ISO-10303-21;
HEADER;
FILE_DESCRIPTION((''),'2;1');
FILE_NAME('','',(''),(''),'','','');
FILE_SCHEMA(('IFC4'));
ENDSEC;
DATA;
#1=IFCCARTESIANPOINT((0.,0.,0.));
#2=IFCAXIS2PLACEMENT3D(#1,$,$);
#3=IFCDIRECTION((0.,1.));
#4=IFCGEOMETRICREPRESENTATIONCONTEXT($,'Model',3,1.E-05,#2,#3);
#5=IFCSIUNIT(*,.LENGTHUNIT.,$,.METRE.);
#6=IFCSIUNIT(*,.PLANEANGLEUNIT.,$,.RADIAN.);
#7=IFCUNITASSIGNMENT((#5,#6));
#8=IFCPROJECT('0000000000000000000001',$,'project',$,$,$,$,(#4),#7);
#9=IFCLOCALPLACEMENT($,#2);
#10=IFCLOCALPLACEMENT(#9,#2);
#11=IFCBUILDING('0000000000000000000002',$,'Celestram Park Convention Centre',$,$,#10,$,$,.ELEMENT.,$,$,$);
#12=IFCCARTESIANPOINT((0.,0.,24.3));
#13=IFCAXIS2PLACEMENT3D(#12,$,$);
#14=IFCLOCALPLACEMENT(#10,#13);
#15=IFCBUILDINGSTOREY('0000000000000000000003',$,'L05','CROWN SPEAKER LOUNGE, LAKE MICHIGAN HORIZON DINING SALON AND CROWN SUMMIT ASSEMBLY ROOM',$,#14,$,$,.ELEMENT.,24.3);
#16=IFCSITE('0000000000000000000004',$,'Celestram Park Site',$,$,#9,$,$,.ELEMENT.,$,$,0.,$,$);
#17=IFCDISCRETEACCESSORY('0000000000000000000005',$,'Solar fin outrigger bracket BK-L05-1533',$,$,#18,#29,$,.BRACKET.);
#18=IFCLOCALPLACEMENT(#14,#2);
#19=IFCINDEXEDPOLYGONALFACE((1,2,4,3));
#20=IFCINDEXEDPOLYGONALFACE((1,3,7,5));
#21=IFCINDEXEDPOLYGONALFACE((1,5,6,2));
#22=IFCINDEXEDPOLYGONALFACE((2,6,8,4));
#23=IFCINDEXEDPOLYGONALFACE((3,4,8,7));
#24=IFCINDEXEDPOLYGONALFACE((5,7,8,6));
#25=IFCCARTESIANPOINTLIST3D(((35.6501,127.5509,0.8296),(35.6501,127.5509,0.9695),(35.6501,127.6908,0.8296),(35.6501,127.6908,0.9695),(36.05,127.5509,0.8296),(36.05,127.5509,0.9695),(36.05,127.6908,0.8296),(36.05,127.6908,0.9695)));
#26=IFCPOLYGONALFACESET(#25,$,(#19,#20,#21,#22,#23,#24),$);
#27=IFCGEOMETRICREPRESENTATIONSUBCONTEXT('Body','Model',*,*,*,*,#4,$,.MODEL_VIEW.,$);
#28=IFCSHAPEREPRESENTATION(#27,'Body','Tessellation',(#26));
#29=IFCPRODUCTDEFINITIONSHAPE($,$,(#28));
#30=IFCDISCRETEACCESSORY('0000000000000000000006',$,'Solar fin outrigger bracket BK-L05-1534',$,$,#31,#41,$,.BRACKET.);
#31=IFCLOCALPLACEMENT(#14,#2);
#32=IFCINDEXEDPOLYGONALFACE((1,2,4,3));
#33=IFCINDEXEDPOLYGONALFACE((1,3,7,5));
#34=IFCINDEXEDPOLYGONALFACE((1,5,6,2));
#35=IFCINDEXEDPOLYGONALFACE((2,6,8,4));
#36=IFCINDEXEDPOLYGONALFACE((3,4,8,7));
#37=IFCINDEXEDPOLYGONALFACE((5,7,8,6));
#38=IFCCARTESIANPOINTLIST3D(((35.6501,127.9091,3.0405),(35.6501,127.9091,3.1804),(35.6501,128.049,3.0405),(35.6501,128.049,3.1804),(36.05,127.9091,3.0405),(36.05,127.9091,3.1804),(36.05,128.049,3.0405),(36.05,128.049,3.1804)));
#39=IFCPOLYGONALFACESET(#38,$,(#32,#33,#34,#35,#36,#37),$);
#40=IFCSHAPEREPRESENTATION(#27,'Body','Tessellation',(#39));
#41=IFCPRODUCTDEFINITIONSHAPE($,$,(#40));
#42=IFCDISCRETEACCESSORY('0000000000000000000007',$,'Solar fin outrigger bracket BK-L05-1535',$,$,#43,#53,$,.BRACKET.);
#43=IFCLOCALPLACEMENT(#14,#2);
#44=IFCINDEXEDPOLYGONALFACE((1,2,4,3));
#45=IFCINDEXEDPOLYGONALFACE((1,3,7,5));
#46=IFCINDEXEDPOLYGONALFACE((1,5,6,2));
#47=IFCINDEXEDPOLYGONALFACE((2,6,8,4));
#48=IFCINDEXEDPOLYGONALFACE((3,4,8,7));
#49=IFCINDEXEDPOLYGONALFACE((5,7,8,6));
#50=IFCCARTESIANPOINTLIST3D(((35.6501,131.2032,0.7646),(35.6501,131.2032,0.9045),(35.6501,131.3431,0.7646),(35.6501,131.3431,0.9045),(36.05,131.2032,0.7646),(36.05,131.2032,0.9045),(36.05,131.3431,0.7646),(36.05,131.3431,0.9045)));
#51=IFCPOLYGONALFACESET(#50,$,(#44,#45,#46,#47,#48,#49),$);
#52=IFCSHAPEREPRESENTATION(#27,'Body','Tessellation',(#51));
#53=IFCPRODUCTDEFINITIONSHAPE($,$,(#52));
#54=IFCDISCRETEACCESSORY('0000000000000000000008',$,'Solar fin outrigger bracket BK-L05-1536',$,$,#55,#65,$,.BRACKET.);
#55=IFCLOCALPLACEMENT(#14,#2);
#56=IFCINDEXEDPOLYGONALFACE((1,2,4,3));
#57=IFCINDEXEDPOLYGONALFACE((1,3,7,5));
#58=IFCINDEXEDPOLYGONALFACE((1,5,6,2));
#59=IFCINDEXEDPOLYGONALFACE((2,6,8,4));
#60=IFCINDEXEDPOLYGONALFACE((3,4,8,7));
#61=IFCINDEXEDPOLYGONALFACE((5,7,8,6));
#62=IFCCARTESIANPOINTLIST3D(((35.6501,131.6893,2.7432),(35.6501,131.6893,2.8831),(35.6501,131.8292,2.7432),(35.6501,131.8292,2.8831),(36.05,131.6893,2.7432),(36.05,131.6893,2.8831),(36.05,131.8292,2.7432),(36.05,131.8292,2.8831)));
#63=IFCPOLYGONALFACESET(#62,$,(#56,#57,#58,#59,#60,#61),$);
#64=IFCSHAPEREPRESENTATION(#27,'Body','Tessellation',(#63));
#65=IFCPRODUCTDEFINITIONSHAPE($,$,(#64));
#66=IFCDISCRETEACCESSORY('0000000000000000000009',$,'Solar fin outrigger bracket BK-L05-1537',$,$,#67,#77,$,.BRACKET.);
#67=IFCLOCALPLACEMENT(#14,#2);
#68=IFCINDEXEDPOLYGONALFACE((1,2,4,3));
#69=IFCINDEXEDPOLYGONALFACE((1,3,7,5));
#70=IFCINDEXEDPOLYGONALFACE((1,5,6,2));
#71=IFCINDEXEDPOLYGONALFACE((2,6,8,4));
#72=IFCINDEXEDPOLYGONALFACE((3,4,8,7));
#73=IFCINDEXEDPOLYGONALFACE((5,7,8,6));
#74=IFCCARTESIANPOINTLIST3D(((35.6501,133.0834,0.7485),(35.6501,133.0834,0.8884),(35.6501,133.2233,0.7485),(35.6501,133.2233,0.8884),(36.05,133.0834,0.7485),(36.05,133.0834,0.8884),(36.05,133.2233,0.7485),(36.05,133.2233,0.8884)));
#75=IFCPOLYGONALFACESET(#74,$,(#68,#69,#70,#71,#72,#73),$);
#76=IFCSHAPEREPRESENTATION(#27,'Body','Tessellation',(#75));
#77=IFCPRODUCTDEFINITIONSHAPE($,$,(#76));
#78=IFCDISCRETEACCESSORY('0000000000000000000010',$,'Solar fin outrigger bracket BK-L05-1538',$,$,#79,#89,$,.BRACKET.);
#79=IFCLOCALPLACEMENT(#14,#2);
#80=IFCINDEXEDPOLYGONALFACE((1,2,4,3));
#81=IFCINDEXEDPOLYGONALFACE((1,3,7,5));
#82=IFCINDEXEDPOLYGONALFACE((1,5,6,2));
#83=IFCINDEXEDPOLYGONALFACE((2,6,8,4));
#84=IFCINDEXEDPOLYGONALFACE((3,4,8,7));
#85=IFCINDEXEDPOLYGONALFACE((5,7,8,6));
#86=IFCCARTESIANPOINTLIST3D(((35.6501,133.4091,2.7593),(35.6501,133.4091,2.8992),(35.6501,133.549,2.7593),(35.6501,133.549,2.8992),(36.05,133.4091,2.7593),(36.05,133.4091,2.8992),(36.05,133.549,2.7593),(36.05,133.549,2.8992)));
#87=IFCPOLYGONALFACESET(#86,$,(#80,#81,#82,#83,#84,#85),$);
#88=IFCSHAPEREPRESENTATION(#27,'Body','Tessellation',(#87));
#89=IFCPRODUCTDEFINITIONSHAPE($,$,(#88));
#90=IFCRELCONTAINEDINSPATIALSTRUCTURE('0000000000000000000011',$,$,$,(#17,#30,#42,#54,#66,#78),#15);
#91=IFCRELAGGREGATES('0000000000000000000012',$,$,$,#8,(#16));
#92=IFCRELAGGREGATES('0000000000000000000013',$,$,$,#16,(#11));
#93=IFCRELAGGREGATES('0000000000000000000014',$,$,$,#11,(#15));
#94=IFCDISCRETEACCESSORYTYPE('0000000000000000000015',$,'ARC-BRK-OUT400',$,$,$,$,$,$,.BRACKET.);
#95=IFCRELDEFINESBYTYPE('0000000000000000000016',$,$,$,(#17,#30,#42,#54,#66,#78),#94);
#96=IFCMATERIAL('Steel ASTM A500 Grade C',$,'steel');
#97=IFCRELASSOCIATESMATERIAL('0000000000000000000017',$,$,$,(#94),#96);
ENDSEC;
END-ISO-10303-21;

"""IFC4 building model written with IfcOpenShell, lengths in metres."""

from ifc_helpers import new_model, si_unit, direction, frame, origin, origin_2d, place, context, subcontext, project, spatial, rectangle, extrude, material, type_object, element, save


model = new_model("IFC4")

# Units and contexts
model_context = context("Model", 3, precision=1e-05, world=origin(), true_north=direction((0.0, 1.0)))
body_context = subcontext(model_context, "Body", "Model", "MODEL_VIEW")
ifc_project = project(units=[si_unit("LENGTHUNIT", "METRE"), si_unit("PLANEANGLEUNIT", "RADIAN")], contexts=[model_context])

# Site, building, storey
site_placement = place(None, origin())
site = spatial("IfcSite", under=ifc_project, at=site_placement, Name="Celestram Park Site", CompositionType="ELEMENT", RefElevation=0.0)
building_placement = place(site_placement, origin())
building = spatial("IfcBuilding", under=site, at=building_placement, Name="Celestram Park Convention Centre", CompositionType="ELEMENT")
storey_placement = place(building_placement, frame((0.0, 0.0, 24.3)))
storey = spatial("IfcBuildingStorey", under=building, at=storey_placement, Name="L05", Description="CROWN SPEAKER LOUNGE, LAKE MICHIGAN HORIZON DINING SALON AND CROWN SUMMIT ASSEMBLY ROOM", CompositionType="ELEMENT", Elevation=24.3)

# Shared definitions
ifc_material_1 = material(Name="Steel ASTM A500 Grade C", Category="steel")

# Discrete accessories
discrete_accessory_type = type_object("IfcDiscreteAccessoryType", Name="ARC-BRK-OUT400", PredefinedType="BRACKET", material=ifc_material_1)
for number, where, z_axis, x_axis, name in (
    (1, (35.8501, 127.6208, 0.8296), (0.0, 0.0, 1.0), (-1.0, 0.0, 0.0), "Solar fin outrigger bracket BK-L05-1533"),
    (2, (35.8501, 127.979, 3.0405), (0.0, 0.0, 1.0), (-1.0, 0.0, 0.0), "Solar fin outrigger bracket BK-L05-1534"),
    (3, (35.8501, 131.2732, 0.7646), (0.0, 0.0, 1.0), (-1.0, 0.0, 0.0), "Solar fin outrigger bracket BK-L05-1535"),
    (4, (35.8501, 131.7593, 2.7432), (0.0, 0.0, 1.0), (-1.0, 0.0, 0.0), "Solar fin outrigger bracket BK-L05-1536"),
    (5, (35.8501, 133.1533, 0.7485), (0.0, 0.0, 1.0), (-1.0, 0.0, 0.0), "Solar fin outrigger bracket BK-L05-1537"),
    (6, (35.8501, 133.479, 2.7593), (0.0, 0.0, 1.0), (-1.0, 0.0, 0.0), "Solar fin outrigger bracket BK-L05-1538"),
):
    element("IfcDiscreteAccessory", number, at=place(storey_placement, frame(where, z_axis=z_axis, x_axis=x_axis)), inside=storey, type_object=discrete_accessory_type, Name=name, PredefinedType="BRACKET", context=body_context, shape_type="SweptSolid", body=[
        extrude(rectangle(XDim=0.3999, YDim=0.1399, at=origin_2d()), origin(), (0.0, 0.0, 1.0), 0.1399),
    ])

save(model, "model.ifc")
